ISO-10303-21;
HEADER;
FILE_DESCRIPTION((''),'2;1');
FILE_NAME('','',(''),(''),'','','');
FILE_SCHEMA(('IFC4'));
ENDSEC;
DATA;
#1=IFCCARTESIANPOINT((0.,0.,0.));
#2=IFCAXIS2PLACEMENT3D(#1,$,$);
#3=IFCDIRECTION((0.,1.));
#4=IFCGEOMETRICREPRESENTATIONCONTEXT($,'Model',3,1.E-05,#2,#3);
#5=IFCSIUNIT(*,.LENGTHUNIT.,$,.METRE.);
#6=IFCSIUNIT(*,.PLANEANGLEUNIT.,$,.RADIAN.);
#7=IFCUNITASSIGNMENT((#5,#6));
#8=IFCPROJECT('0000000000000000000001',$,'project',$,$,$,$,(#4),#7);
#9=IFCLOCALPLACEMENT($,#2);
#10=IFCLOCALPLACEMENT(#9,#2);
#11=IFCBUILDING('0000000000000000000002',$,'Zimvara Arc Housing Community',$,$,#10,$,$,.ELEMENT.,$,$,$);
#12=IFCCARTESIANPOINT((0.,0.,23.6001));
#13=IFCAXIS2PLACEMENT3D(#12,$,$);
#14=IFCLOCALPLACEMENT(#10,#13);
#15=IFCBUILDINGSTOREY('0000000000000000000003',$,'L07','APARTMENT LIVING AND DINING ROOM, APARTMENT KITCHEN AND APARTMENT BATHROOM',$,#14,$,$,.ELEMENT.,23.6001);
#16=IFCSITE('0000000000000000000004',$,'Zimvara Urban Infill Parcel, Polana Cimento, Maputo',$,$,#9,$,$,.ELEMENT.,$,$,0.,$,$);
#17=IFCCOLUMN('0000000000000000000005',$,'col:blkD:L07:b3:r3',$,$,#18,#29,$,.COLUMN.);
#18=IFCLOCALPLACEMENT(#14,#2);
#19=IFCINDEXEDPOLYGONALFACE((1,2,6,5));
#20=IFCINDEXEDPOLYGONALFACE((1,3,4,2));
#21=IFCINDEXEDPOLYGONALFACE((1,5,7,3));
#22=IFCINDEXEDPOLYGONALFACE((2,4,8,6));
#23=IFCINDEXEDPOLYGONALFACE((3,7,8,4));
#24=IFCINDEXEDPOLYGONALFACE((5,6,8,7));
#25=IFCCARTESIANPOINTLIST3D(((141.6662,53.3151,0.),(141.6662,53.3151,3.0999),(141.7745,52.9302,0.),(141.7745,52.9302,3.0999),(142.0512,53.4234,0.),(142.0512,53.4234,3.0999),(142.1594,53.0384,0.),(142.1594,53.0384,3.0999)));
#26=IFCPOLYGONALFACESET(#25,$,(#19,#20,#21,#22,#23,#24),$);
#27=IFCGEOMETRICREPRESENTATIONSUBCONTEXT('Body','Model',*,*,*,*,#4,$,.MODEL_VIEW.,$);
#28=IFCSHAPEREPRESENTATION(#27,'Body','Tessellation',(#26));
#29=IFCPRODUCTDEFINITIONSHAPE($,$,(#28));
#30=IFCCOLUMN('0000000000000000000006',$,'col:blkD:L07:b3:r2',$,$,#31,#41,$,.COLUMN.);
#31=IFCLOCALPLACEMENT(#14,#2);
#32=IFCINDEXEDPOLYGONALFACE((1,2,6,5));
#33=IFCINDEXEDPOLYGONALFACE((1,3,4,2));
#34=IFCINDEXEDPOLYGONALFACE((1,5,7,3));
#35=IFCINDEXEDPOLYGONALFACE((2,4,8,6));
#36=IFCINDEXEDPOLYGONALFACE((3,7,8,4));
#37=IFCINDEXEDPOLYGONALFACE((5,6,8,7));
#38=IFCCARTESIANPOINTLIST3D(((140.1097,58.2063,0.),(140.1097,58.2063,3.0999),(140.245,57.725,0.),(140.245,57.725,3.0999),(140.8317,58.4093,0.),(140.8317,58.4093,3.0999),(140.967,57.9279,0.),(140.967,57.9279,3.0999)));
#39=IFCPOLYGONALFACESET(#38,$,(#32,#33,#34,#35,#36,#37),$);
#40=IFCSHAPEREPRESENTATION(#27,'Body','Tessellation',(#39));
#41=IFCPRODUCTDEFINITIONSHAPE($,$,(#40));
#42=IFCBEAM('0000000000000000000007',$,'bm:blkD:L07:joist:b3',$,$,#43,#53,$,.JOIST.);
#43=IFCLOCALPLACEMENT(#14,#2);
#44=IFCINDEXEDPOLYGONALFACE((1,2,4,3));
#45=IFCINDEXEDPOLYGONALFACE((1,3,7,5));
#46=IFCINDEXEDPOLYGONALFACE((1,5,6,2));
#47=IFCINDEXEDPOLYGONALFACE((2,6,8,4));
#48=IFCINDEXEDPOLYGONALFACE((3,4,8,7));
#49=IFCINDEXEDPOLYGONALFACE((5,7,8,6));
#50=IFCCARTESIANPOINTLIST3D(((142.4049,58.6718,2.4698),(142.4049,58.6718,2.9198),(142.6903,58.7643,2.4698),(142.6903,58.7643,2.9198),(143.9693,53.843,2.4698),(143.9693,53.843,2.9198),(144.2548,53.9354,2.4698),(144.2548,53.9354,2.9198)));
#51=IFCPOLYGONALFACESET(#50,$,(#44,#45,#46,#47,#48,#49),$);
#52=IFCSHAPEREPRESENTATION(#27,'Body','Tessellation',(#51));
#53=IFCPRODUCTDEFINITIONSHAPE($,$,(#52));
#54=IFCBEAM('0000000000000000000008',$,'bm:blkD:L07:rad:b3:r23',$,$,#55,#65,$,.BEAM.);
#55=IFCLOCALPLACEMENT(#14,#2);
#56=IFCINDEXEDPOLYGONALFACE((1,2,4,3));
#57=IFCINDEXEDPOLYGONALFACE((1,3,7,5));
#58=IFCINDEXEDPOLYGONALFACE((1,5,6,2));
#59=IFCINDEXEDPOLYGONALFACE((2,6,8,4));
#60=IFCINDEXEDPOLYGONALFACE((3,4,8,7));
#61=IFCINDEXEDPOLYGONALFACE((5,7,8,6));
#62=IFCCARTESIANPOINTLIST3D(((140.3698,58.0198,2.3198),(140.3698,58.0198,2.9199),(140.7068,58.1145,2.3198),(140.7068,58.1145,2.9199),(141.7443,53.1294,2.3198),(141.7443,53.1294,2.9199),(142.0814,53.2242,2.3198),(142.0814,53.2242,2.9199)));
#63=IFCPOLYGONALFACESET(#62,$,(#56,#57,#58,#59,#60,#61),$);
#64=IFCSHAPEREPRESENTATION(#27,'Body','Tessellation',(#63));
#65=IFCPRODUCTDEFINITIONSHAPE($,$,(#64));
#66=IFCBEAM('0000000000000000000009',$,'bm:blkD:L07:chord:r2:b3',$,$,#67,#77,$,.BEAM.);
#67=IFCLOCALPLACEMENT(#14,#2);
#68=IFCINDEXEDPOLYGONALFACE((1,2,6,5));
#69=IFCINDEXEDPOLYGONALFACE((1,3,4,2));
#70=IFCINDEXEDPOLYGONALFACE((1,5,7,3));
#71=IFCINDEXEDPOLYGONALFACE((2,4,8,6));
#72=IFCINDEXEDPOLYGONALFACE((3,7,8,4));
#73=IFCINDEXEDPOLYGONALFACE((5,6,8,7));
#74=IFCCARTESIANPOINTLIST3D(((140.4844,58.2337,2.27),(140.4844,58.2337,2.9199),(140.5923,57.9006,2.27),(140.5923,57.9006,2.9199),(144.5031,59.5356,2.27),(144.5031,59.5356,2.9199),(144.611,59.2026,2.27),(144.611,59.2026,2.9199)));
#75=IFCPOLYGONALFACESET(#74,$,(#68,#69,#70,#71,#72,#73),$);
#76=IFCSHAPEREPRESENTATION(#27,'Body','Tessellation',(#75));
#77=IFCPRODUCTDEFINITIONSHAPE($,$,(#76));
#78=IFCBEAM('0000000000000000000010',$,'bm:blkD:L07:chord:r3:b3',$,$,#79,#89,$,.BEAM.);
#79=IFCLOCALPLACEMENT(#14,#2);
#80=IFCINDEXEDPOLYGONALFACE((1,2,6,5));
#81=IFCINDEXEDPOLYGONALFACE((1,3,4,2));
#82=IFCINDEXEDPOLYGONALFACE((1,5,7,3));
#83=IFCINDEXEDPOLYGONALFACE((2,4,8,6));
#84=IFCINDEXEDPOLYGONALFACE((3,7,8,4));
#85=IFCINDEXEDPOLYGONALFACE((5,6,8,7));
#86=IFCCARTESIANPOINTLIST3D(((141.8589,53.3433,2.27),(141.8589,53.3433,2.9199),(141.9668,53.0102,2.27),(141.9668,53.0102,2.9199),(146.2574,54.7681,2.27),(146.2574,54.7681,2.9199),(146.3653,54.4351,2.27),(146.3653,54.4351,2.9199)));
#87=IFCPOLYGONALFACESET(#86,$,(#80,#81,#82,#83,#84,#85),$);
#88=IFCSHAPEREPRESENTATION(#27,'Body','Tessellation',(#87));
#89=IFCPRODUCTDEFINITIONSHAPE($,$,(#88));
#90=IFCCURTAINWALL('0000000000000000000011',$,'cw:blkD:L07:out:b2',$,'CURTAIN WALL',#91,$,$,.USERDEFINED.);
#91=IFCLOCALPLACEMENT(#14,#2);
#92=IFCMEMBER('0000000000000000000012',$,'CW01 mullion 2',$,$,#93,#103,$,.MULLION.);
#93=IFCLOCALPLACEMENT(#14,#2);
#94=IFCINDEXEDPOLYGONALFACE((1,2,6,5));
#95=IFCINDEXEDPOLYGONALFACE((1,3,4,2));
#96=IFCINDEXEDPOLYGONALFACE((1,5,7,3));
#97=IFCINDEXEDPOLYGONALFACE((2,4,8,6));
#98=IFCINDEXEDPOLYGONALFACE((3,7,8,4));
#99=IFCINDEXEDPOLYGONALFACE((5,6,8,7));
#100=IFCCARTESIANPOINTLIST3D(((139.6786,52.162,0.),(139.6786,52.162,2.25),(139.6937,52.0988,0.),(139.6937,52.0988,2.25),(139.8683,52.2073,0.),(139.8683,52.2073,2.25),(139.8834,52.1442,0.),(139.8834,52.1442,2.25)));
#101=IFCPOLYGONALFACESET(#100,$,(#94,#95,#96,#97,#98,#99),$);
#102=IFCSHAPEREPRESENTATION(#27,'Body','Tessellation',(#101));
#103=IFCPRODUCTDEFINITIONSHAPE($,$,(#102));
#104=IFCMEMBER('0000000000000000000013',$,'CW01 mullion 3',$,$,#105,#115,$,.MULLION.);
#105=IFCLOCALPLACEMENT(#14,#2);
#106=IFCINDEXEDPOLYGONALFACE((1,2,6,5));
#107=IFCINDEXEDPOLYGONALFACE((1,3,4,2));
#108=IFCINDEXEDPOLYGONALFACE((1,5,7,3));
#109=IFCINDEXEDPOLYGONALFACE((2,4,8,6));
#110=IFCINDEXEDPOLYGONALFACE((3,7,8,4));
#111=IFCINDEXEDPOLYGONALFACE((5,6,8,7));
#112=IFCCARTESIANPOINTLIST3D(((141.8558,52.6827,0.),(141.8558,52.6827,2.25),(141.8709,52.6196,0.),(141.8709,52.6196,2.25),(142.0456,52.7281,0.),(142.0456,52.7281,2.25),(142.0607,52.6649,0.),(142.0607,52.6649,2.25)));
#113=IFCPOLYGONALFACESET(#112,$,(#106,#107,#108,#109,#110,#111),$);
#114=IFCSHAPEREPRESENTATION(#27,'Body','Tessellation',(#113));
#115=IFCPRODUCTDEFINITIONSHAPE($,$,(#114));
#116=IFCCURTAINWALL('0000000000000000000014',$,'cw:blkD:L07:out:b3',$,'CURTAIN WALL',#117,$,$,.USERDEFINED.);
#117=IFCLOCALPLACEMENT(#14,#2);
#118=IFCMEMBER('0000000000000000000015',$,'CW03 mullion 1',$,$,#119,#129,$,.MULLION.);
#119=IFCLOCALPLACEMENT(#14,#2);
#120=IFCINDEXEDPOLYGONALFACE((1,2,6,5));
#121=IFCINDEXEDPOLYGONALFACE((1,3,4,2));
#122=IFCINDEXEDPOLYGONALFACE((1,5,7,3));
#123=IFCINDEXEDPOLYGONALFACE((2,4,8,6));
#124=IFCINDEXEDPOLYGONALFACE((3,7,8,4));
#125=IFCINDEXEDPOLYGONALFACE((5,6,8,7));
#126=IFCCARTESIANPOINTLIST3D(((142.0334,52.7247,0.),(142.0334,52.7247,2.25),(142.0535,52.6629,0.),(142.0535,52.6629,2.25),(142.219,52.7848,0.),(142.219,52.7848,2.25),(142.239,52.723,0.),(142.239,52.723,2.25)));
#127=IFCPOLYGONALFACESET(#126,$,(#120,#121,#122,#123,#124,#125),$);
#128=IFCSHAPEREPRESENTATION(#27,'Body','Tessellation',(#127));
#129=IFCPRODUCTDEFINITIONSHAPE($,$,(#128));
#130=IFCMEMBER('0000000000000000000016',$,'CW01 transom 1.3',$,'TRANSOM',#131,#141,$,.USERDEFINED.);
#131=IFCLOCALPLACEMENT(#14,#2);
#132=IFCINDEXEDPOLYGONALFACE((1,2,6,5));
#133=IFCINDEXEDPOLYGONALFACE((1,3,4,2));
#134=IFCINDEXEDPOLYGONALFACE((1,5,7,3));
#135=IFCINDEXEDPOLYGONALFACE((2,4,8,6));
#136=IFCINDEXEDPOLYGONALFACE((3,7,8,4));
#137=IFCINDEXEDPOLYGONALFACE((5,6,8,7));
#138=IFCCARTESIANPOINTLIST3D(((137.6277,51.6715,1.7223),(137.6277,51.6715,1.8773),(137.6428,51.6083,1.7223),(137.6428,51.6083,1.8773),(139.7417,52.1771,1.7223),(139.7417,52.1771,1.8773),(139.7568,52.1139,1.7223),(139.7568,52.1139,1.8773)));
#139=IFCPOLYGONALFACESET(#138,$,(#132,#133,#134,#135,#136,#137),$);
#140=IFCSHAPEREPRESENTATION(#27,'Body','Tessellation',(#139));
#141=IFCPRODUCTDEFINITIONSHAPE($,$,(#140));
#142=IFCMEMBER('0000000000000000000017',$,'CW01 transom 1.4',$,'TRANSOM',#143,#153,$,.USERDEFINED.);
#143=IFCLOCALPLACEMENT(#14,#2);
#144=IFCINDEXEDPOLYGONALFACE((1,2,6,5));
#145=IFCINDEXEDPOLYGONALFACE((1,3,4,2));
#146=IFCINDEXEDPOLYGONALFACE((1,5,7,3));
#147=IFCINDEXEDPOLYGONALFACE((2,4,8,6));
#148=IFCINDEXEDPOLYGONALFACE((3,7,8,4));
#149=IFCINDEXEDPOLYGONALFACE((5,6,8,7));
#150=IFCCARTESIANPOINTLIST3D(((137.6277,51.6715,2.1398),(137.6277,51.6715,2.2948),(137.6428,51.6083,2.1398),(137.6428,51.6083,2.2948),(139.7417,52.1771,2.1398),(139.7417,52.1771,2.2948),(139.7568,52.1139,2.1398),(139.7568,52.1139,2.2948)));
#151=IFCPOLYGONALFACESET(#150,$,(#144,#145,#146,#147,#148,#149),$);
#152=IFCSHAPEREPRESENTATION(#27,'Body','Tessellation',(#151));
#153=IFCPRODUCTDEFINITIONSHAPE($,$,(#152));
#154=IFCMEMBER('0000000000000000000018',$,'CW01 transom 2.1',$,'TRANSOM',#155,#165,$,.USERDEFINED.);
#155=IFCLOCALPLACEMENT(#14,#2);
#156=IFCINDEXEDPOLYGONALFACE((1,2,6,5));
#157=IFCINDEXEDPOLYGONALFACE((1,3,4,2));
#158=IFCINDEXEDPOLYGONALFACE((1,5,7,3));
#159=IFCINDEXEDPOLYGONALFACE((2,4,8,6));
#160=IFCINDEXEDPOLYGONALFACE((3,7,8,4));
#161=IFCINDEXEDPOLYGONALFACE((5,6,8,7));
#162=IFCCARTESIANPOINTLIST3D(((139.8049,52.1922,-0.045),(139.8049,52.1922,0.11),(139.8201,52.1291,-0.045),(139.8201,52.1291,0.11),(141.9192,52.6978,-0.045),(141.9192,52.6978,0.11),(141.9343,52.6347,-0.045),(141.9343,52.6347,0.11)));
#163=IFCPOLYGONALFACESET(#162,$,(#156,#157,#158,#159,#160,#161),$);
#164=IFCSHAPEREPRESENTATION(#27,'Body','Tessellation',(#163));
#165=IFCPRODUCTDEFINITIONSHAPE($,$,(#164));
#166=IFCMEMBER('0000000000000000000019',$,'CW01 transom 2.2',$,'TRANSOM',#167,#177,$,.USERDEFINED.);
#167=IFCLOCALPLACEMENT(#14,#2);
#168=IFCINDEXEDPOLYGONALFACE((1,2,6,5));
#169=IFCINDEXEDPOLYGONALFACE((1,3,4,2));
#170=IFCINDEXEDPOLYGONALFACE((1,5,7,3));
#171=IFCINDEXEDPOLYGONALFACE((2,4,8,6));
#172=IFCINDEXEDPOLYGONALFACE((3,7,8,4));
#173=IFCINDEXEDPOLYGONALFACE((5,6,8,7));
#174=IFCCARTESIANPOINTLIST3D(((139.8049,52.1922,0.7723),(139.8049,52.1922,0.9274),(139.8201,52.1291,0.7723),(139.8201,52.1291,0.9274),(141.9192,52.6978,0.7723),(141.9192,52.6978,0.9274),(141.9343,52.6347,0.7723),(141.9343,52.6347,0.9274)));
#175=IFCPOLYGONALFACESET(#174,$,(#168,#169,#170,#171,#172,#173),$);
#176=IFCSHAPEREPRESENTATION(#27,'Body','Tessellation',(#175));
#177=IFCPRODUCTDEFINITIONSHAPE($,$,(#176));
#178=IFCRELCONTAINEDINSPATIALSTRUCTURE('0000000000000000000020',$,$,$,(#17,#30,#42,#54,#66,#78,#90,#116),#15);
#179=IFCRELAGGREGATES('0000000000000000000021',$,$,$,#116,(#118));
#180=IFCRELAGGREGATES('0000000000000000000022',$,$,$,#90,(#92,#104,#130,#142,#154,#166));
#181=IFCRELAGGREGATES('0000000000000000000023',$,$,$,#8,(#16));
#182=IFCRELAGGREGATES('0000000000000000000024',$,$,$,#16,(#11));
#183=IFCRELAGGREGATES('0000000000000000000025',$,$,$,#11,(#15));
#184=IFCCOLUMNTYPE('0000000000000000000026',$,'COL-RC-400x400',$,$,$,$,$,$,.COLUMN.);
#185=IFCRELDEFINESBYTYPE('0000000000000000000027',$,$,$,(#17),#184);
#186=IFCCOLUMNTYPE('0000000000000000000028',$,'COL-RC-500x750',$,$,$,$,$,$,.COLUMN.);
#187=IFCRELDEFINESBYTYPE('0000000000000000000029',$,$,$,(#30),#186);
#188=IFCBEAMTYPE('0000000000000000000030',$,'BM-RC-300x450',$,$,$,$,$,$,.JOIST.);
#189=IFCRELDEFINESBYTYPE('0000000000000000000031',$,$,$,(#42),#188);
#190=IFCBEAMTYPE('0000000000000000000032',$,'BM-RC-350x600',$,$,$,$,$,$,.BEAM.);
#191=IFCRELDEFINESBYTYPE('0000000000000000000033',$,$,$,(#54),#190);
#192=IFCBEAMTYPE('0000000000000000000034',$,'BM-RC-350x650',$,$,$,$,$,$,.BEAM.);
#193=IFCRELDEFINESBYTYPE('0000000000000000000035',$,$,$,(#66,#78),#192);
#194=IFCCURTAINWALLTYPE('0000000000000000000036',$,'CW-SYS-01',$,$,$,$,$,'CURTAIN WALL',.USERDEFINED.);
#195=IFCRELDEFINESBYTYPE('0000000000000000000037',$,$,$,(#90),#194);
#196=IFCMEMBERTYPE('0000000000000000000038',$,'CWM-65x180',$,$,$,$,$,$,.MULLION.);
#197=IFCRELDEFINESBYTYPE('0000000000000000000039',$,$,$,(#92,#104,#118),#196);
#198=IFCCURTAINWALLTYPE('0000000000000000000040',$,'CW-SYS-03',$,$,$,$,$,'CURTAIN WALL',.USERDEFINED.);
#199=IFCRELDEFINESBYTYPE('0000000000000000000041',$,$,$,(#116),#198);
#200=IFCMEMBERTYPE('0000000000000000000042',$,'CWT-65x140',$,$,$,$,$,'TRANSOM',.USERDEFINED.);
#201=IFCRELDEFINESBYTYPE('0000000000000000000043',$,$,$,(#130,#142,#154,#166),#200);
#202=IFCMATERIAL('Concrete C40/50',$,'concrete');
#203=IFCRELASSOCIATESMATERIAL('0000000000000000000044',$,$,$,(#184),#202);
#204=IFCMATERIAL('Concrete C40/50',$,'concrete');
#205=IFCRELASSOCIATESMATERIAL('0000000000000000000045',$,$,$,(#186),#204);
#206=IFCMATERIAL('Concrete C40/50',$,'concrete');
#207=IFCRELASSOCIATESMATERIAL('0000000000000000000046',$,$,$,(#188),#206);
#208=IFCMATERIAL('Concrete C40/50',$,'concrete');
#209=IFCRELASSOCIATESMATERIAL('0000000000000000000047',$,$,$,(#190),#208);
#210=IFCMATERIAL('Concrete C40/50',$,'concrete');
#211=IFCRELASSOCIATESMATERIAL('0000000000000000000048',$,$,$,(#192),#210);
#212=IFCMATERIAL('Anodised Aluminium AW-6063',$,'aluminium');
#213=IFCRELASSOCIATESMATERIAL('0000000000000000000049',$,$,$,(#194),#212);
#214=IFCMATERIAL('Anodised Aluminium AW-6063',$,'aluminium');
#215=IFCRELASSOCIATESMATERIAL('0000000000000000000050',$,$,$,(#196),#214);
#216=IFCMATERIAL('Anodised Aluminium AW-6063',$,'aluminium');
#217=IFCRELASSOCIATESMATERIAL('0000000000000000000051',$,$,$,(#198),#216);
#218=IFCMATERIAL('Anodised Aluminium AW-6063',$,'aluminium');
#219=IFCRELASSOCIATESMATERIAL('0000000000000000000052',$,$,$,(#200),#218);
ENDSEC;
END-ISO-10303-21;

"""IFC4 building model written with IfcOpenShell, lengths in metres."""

from ifc_helpers import new_model, si_unit, direction, frame, origin, origin_2d, place, context, subcontext, project, spatial, rectangle, extrude, material, material_profile, profile_set, type_object, element, aggregate, save


model = new_model("IFC4")

# Units and contexts
model_context = context("Model", 3, precision=1e-05, world=origin(), true_north=direction((0.0, 1.0)))
body_context = subcontext(model_context, "Body", "Model", "MODEL_VIEW")
ifc_project = project(units=[si_unit("LENGTHUNIT", "METRE"), si_unit("PLANEANGLEUNIT", "RADIAN")], contexts=[model_context])

# Site, building, storey
site_placement = place(None, origin())
site = spatial("IfcSite", under=ifc_project, at=site_placement, Name="Zimvara Urban Infill Parcel, Polana Cimento, Maputo", CompositionType="ELEMENT", RefElevation=0.0)
building_placement = place(site_placement, origin())
building = spatial("IfcBuilding", under=site, at=building_placement, Name="Zimvara Arc Housing Community", CompositionType="ELEMENT")
storey_placement = place(building_placement, frame((0.0, 0.0, 23.6001)))
storey = spatial("IfcBuildingStorey", under=building, at=storey_placement, Name="L07", Description="APARTMENT LIVING AND DINING ROOM, APARTMENT KITCHEN AND APARTMENT BATHROOM", CompositionType="ELEMENT", Elevation=23.6001)

# Columns
ifc_material_1 = material(Name="Concrete C40/50", Category="concrete")
ifc_material_profile_1 = material_profile(ifc_material_1, rectangle(XDim=0.3999, YDim=0.3999, at=origin_2d()), Name="RC 400x400")
ifc_profile_set_1 = profile_set([ifc_material_profile_1], Name="Concrete C40/50")
column_type_1 = type_object("IfcColumnType", Name="COL-RC-400x400", PredefinedType="COLUMN", material=ifc_profile_set_1)
column_1_placement = place(storey_placement, frame((141.9128, 53.1768, 0.0), z_axis=(0.0, 0.0, 1.0), x_axis=(0.2706, -0.962692, 0.0)))
element("IfcColumn", 1, at=column_1_placement, inside=storey, type_object=column_type_1, Name="col:blkD:L07:b3:r3", PredefinedType="COLUMN", context=body_context, shape_type="SweptSolid", body=[
    extrude(rectangle(XDim=0.3999, YDim=0.3999, at=origin_2d()), origin(), (0.0, 0.0, 1.0), 3.0999),
])
ifc_material_2 = material(Name="Concrete C40/50", Category="concrete")
ifc_material_profile_2 = material_profile(ifc_material_2, rectangle(XDim=0.5, YDim=0.75, at=origin_2d()), Name="RC 500x750")
ifc_profile_set_2 = profile_set([ifc_material_profile_2], Name="Concrete C40/50")
column_type_2 = type_object("IfcColumnType", Name="COL-RC-500x750", PredefinedType="COLUMN", material=ifc_profile_set_2)
column_2_placement = place(storey_placement, frame((140.5383, 58.0671, 0.0), z_axis=(0.0, 0.0, 1.0), x_axis=(0.2706, -0.962692, 0.0)))
element("IfcColumn", 2, at=column_2_placement, inside=storey, type_object=column_type_2, Name="col:blkD:L07:b3:r2", PredefinedType="COLUMN", context=body_context, shape_type="SweptSolid", body=[
    extrude(rectangle(XDim=0.5, YDim=0.75, at=origin_2d()), origin(), (0.0, 0.0, 1.0), 3.0999),
])

# Beams
ifc_material_3 = material(Name="Concrete C40/50", Category="concrete")
ifc_material_profile_3 = material_profile(ifc_material_3, rectangle(XDim=0.3, YDim=0.45, at=origin_2d()), Name="RC 300x450")
ifc_profile_set_3 = profile_set([ifc_material_profile_3], Name="Concrete C40/50")
beam_type_1 = type_object("IfcBeamType", Name="BM-RC-300x450", PredefinedType="JOIST", material=ifc_profile_set_3)
beam_1_placement = place(storey_placement, frame((142.5476, 58.718, 2.6948), z_axis=(0.308208, -0.951319, 0.0), x_axis=(0.951319, 0.308208, 0.0)))
element("IfcBeam", 3, at=beam_1_placement, inside=storey, type_object=beam_type_1, Name="bm:blkD:L07:joist:b3", PredefinedType="JOIST", context=body_context, shape_type="SweptSolid", body=[
    extrude(rectangle(XDim=0.3, YDim=0.45, at=origin_2d()), origin(), (0.0, 0.0, 1.0), 5.0759),
])
ifc_material_4 = material(Name="Concrete C40/50", Category="concrete")
ifc_material_profile_4 = material_profile(ifc_material_4, rectangle(XDim=0.3501, YDim=0.6001, at=origin_2d()), Name="RC 350x600")
ifc_profile_set_4 = profile_set([ifc_material_profile_4], Name="Concrete C40/50")
beam_type_2 = type_object("IfcBeamType", Name="BM-RC-350x600", PredefinedType="BEAM", material=ifc_profile_set_4)
beam_2_placement = place(storey_placement, frame((140.5383, 58.0671, 2.6199), z_axis=(0.27058, -0.962698, 0.0), x_axis=(0.962698, 0.27058, 0.0)))
element("IfcBeam", 4, at=beam_2_placement, inside=storey, type_object=beam_type_2, Name="bm:blkD:L07:rad:b3:r23", PredefinedType="BEAM", context=body_context, shape_type="SweptSolid", body=[
    extrude(rectangle(XDim=0.3501, YDim=0.6001, at=origin_2d()), origin(), (0.0, 0.0, 1.0), 5.0798),
])
ifc_material_5 = material(Name="Concrete C40/50", Category="concrete")
ifc_material_profile_5 = material_profile(ifc_material_5, rectangle(XDim=0.3501, YDim=0.6499, at=origin_2d()), Name="RC 350x650")
ifc_profile_set_5 = profile_set([ifc_material_profile_5], Name="Concrete C40/50")
beam_type_3 = type_object("IfcBeamType", Name="BM-RC-350x650", PredefinedType="BEAM", material=ifc_profile_set_5)
beam_3_placement = place(storey_placement, frame((140.5383, 58.0671, 2.595), z_axis=(0.951319, 0.308206, 0.0), x_axis=(-0.308206, 0.951319, 0.0)))
element("IfcBeam", 5, at=beam_3_placement, inside=storey, type_object=beam_type_3, Name="bm:blkD:L07:chord:r2:b3", PredefinedType="BEAM", context=body_context, shape_type="SweptSolid", body=[
    extrude(rectangle(XDim=0.3501, YDim=0.6499, at=origin_2d()), origin(), (0.0, 0.0, 1.0), 4.2244),
])
beam_4_placement = place(storey_placement, frame((141.9128, 53.1768, 2.595), z_axis=(0.951332, 0.308169, 0.0), x_axis=(-0.308169, 0.951332, 0.0)))
element("IfcBeam", 6, at=beam_4_placement, inside=storey, type_object=beam_type_3, Name="bm:blkD:L07:chord:r3:b3", PredefinedType="BEAM", context=body_context, shape_type="SweptSolid", body=[
    extrude(rectangle(XDim=0.3501, YDim=0.6499, at=origin_2d()), origin(), (0.0, 0.0, 1.0), 4.6235),
])

# Curtain wall, members
ifc_material_6 = material(Name="Anodised Aluminium AW-6063", Category="aluminium")
curtain_wall_type_1 = type_object("IfcCurtainWallType", Name="CW-SYS-01", ElementType="CURTAIN WALL", PredefinedType="USERDEFINED", material=ifc_material_6)
curtain_wall_1_placement = place(storey_placement, origin())
curtain_wall_1 = element("IfcCurtainWall", 7, at=curtain_wall_1_placement, inside=storey, type_object=curtain_wall_type_1, Name="cw:blkD:L07:out:b2", ObjectType="CURTAIN WALL", PredefinedType="USERDEFINED")
ifc_material_7 = material(Name="Anodised Aluminium AW-6063", Category="aluminium")
ifc_material_profile_6 = material_profile(ifc_material_7, rectangle(XDim=0.0649, YDim=0.1951, at=origin_2d()), Name="ALU 65x195")
ifc_profile_set_6 = profile_set([ifc_material_profile_6], Name="Anodised Aluminium AW-6063")
member_type_1 = type_object("IfcMemberType", Name="CWM-65x180", PredefinedType="MULLION", material=ifc_profile_set_6)
member_1_placement = place(storey_placement, frame((139.781, 52.1531, 0.0), z_axis=(0.0, 0.0, 1.0), x_axis=(-0.232597, 0.972573, 0.0)))
member_1 = element("IfcMember", 8, at=member_1_placement, type_object=member_type_1, Name="CW01 mullion 2", PredefinedType="MULLION", context=body_context, shape_type="SweptSolid", body=[
    extrude(rectangle(XDim=0.0649, YDim=0.1951, at=origin_2d()), origin(), (0.0, 0.0, 1.0), 2.25),
])
member_2_placement = place(storey_placement, frame((141.9583, 52.6738, 0.0), z_axis=(0.0, 0.0, 1.0), x_axis=(-0.232597, 0.972573, 0.0)))
member_2 = element("IfcMember", 9, at=member_2_placement, type_object=member_type_1, Name="CW01 mullion 3", PredefinedType="MULLION", context=body_context, shape_type="SweptSolid", body=[
    extrude(rectangle(XDim=0.0649, YDim=0.1951, at=origin_2d()), origin(), (0.0, 0.0, 1.0), 2.25),
])

# Curtain wall, member
ifc_material_8 = material(Name="Anodised Aluminium AW-6063", Category="aluminium")
curtain_wall_type_2 = type_object("IfcCurtainWallType", Name="CW-SYS-03", ElementType="CURTAIN WALL", PredefinedType="USERDEFINED", material=ifc_material_8)
curtain_wall_2_placement = place(storey_placement, origin())
curtain_wall_2 = element("IfcCurtainWall", 10, at=curtain_wall_2_placement, inside=storey, type_object=curtain_wall_type_2, Name="cw:blkD:L07:out:b3", ObjectType="CURTAIN WALL", PredefinedType="USERDEFINED")
member_3_placement = place(storey_placement, frame((142.1362, 52.7239, 0.0), z_axis=(0.0, 0.0, 1.0), x_axis=(-0.308185, 0.951326, 0.0)))
member_3 = element("IfcMember", 11, at=member_3_placement, type_object=member_type_1, Name="CW03 mullion 1", PredefinedType="MULLION", context=body_context, shape_type="SweptSolid", body=[
    extrude(rectangle(XDim=0.0649, YDim=0.1951, at=origin_2d()), origin(), (0.0, 0.0, 1.0), 2.25),
])

# Members
ifc_material_9 = material(Name="Anodised Aluminium AW-6063", Category="aluminium")
ifc_material_profile_7 = material_profile(ifc_material_9, rectangle(XDim=0.0649, YDim=0.155, at=origin_2d()), Name="ALU 65x155")
ifc_profile_set_7 = profile_set([ifc_material_profile_7], Name="Anodised Aluminium AW-6063")
member_type_2 = type_object("IfcMemberType", Name="CWT-65x140", ElementType="TRANSOM", PredefinedType="USERDEFINED", material=ifc_profile_set_7)
member_4_placement = place(storey_placement, frame((137.6353, 51.6399, 1.7998), z_axis=(0.97257, 0.232612, 0.0), x_axis=(-0.232612, 0.97257, 0.0)))
member_4 = element("IfcMember", 12, at=member_4_placement, type_object=member_type_2, Name="CW01 transom 1.3", ObjectType="TRANSOM", PredefinedType="USERDEFINED", context=body_context, shape_type="SweptSolid", body=[
    extrude(rectangle(XDim=0.0649, YDim=0.155, at=origin_2d()), origin(), (0.0, 0.0, 1.0), 2.1736),
])
member_5_placement = place(storey_placement, frame((137.6353, 51.6399, 2.2173), z_axis=(0.97257, 0.232612, 0.0), x_axis=(-0.232612, 0.97257, 0.0)))
member_5 = element("IfcMember", 13, at=member_5_placement, type_object=member_type_2, Name="CW01 transom 1.4", ObjectType="TRANSOM", PredefinedType="USERDEFINED", context=body_context, shape_type="SweptSolid", body=[
    extrude(rectangle(XDim=0.0649, YDim=0.155, at=origin_2d()), origin(), (0.0, 0.0, 1.0), 2.1736),
])
member_6_placement = place(storey_placement, frame((139.8125, 52.1606, 0.0325), z_axis=(0.972576, 0.232587, 0.0), x_axis=(-0.232587, 0.972576, 0.0)))
member_6 = element("IfcMember", 14, at=member_6_placement, type_object=member_type_2, Name="CW01 transom 2.1", ObjectType="TRANSOM", PredefinedType="USERDEFINED", context=body_context, shape_type="SweptSolid", body=[
    extrude(rectangle(XDim=0.0649, YDim=0.155, at=origin_2d()), origin(), (0.0, 0.0, 1.0), 2.1738),
])
member_7_placement = place(storey_placement, frame((139.8125, 52.1606, 0.8499), z_axis=(0.972576, 0.232587, 0.0), x_axis=(-0.232587, 0.972576, 0.0)))
member_7 = element("IfcMember", 15, at=member_7_placement, type_object=member_type_2, Name="CW01 transom 2.2", ObjectType="TRANSOM", PredefinedType="USERDEFINED", context=body_context, shape_type="SweptSolid", body=[
    extrude(rectangle(XDim=0.0649, YDim=0.155, at=origin_2d()), origin(), (0.0, 0.0, 1.0), 2.1738),
])
aggregate(curtain_wall_2, [member_3])

aggregate(curtain_wall_1, [member_1, member_2, member_4, member_5, member_6, member_7])

save(model, "model.ifc")
